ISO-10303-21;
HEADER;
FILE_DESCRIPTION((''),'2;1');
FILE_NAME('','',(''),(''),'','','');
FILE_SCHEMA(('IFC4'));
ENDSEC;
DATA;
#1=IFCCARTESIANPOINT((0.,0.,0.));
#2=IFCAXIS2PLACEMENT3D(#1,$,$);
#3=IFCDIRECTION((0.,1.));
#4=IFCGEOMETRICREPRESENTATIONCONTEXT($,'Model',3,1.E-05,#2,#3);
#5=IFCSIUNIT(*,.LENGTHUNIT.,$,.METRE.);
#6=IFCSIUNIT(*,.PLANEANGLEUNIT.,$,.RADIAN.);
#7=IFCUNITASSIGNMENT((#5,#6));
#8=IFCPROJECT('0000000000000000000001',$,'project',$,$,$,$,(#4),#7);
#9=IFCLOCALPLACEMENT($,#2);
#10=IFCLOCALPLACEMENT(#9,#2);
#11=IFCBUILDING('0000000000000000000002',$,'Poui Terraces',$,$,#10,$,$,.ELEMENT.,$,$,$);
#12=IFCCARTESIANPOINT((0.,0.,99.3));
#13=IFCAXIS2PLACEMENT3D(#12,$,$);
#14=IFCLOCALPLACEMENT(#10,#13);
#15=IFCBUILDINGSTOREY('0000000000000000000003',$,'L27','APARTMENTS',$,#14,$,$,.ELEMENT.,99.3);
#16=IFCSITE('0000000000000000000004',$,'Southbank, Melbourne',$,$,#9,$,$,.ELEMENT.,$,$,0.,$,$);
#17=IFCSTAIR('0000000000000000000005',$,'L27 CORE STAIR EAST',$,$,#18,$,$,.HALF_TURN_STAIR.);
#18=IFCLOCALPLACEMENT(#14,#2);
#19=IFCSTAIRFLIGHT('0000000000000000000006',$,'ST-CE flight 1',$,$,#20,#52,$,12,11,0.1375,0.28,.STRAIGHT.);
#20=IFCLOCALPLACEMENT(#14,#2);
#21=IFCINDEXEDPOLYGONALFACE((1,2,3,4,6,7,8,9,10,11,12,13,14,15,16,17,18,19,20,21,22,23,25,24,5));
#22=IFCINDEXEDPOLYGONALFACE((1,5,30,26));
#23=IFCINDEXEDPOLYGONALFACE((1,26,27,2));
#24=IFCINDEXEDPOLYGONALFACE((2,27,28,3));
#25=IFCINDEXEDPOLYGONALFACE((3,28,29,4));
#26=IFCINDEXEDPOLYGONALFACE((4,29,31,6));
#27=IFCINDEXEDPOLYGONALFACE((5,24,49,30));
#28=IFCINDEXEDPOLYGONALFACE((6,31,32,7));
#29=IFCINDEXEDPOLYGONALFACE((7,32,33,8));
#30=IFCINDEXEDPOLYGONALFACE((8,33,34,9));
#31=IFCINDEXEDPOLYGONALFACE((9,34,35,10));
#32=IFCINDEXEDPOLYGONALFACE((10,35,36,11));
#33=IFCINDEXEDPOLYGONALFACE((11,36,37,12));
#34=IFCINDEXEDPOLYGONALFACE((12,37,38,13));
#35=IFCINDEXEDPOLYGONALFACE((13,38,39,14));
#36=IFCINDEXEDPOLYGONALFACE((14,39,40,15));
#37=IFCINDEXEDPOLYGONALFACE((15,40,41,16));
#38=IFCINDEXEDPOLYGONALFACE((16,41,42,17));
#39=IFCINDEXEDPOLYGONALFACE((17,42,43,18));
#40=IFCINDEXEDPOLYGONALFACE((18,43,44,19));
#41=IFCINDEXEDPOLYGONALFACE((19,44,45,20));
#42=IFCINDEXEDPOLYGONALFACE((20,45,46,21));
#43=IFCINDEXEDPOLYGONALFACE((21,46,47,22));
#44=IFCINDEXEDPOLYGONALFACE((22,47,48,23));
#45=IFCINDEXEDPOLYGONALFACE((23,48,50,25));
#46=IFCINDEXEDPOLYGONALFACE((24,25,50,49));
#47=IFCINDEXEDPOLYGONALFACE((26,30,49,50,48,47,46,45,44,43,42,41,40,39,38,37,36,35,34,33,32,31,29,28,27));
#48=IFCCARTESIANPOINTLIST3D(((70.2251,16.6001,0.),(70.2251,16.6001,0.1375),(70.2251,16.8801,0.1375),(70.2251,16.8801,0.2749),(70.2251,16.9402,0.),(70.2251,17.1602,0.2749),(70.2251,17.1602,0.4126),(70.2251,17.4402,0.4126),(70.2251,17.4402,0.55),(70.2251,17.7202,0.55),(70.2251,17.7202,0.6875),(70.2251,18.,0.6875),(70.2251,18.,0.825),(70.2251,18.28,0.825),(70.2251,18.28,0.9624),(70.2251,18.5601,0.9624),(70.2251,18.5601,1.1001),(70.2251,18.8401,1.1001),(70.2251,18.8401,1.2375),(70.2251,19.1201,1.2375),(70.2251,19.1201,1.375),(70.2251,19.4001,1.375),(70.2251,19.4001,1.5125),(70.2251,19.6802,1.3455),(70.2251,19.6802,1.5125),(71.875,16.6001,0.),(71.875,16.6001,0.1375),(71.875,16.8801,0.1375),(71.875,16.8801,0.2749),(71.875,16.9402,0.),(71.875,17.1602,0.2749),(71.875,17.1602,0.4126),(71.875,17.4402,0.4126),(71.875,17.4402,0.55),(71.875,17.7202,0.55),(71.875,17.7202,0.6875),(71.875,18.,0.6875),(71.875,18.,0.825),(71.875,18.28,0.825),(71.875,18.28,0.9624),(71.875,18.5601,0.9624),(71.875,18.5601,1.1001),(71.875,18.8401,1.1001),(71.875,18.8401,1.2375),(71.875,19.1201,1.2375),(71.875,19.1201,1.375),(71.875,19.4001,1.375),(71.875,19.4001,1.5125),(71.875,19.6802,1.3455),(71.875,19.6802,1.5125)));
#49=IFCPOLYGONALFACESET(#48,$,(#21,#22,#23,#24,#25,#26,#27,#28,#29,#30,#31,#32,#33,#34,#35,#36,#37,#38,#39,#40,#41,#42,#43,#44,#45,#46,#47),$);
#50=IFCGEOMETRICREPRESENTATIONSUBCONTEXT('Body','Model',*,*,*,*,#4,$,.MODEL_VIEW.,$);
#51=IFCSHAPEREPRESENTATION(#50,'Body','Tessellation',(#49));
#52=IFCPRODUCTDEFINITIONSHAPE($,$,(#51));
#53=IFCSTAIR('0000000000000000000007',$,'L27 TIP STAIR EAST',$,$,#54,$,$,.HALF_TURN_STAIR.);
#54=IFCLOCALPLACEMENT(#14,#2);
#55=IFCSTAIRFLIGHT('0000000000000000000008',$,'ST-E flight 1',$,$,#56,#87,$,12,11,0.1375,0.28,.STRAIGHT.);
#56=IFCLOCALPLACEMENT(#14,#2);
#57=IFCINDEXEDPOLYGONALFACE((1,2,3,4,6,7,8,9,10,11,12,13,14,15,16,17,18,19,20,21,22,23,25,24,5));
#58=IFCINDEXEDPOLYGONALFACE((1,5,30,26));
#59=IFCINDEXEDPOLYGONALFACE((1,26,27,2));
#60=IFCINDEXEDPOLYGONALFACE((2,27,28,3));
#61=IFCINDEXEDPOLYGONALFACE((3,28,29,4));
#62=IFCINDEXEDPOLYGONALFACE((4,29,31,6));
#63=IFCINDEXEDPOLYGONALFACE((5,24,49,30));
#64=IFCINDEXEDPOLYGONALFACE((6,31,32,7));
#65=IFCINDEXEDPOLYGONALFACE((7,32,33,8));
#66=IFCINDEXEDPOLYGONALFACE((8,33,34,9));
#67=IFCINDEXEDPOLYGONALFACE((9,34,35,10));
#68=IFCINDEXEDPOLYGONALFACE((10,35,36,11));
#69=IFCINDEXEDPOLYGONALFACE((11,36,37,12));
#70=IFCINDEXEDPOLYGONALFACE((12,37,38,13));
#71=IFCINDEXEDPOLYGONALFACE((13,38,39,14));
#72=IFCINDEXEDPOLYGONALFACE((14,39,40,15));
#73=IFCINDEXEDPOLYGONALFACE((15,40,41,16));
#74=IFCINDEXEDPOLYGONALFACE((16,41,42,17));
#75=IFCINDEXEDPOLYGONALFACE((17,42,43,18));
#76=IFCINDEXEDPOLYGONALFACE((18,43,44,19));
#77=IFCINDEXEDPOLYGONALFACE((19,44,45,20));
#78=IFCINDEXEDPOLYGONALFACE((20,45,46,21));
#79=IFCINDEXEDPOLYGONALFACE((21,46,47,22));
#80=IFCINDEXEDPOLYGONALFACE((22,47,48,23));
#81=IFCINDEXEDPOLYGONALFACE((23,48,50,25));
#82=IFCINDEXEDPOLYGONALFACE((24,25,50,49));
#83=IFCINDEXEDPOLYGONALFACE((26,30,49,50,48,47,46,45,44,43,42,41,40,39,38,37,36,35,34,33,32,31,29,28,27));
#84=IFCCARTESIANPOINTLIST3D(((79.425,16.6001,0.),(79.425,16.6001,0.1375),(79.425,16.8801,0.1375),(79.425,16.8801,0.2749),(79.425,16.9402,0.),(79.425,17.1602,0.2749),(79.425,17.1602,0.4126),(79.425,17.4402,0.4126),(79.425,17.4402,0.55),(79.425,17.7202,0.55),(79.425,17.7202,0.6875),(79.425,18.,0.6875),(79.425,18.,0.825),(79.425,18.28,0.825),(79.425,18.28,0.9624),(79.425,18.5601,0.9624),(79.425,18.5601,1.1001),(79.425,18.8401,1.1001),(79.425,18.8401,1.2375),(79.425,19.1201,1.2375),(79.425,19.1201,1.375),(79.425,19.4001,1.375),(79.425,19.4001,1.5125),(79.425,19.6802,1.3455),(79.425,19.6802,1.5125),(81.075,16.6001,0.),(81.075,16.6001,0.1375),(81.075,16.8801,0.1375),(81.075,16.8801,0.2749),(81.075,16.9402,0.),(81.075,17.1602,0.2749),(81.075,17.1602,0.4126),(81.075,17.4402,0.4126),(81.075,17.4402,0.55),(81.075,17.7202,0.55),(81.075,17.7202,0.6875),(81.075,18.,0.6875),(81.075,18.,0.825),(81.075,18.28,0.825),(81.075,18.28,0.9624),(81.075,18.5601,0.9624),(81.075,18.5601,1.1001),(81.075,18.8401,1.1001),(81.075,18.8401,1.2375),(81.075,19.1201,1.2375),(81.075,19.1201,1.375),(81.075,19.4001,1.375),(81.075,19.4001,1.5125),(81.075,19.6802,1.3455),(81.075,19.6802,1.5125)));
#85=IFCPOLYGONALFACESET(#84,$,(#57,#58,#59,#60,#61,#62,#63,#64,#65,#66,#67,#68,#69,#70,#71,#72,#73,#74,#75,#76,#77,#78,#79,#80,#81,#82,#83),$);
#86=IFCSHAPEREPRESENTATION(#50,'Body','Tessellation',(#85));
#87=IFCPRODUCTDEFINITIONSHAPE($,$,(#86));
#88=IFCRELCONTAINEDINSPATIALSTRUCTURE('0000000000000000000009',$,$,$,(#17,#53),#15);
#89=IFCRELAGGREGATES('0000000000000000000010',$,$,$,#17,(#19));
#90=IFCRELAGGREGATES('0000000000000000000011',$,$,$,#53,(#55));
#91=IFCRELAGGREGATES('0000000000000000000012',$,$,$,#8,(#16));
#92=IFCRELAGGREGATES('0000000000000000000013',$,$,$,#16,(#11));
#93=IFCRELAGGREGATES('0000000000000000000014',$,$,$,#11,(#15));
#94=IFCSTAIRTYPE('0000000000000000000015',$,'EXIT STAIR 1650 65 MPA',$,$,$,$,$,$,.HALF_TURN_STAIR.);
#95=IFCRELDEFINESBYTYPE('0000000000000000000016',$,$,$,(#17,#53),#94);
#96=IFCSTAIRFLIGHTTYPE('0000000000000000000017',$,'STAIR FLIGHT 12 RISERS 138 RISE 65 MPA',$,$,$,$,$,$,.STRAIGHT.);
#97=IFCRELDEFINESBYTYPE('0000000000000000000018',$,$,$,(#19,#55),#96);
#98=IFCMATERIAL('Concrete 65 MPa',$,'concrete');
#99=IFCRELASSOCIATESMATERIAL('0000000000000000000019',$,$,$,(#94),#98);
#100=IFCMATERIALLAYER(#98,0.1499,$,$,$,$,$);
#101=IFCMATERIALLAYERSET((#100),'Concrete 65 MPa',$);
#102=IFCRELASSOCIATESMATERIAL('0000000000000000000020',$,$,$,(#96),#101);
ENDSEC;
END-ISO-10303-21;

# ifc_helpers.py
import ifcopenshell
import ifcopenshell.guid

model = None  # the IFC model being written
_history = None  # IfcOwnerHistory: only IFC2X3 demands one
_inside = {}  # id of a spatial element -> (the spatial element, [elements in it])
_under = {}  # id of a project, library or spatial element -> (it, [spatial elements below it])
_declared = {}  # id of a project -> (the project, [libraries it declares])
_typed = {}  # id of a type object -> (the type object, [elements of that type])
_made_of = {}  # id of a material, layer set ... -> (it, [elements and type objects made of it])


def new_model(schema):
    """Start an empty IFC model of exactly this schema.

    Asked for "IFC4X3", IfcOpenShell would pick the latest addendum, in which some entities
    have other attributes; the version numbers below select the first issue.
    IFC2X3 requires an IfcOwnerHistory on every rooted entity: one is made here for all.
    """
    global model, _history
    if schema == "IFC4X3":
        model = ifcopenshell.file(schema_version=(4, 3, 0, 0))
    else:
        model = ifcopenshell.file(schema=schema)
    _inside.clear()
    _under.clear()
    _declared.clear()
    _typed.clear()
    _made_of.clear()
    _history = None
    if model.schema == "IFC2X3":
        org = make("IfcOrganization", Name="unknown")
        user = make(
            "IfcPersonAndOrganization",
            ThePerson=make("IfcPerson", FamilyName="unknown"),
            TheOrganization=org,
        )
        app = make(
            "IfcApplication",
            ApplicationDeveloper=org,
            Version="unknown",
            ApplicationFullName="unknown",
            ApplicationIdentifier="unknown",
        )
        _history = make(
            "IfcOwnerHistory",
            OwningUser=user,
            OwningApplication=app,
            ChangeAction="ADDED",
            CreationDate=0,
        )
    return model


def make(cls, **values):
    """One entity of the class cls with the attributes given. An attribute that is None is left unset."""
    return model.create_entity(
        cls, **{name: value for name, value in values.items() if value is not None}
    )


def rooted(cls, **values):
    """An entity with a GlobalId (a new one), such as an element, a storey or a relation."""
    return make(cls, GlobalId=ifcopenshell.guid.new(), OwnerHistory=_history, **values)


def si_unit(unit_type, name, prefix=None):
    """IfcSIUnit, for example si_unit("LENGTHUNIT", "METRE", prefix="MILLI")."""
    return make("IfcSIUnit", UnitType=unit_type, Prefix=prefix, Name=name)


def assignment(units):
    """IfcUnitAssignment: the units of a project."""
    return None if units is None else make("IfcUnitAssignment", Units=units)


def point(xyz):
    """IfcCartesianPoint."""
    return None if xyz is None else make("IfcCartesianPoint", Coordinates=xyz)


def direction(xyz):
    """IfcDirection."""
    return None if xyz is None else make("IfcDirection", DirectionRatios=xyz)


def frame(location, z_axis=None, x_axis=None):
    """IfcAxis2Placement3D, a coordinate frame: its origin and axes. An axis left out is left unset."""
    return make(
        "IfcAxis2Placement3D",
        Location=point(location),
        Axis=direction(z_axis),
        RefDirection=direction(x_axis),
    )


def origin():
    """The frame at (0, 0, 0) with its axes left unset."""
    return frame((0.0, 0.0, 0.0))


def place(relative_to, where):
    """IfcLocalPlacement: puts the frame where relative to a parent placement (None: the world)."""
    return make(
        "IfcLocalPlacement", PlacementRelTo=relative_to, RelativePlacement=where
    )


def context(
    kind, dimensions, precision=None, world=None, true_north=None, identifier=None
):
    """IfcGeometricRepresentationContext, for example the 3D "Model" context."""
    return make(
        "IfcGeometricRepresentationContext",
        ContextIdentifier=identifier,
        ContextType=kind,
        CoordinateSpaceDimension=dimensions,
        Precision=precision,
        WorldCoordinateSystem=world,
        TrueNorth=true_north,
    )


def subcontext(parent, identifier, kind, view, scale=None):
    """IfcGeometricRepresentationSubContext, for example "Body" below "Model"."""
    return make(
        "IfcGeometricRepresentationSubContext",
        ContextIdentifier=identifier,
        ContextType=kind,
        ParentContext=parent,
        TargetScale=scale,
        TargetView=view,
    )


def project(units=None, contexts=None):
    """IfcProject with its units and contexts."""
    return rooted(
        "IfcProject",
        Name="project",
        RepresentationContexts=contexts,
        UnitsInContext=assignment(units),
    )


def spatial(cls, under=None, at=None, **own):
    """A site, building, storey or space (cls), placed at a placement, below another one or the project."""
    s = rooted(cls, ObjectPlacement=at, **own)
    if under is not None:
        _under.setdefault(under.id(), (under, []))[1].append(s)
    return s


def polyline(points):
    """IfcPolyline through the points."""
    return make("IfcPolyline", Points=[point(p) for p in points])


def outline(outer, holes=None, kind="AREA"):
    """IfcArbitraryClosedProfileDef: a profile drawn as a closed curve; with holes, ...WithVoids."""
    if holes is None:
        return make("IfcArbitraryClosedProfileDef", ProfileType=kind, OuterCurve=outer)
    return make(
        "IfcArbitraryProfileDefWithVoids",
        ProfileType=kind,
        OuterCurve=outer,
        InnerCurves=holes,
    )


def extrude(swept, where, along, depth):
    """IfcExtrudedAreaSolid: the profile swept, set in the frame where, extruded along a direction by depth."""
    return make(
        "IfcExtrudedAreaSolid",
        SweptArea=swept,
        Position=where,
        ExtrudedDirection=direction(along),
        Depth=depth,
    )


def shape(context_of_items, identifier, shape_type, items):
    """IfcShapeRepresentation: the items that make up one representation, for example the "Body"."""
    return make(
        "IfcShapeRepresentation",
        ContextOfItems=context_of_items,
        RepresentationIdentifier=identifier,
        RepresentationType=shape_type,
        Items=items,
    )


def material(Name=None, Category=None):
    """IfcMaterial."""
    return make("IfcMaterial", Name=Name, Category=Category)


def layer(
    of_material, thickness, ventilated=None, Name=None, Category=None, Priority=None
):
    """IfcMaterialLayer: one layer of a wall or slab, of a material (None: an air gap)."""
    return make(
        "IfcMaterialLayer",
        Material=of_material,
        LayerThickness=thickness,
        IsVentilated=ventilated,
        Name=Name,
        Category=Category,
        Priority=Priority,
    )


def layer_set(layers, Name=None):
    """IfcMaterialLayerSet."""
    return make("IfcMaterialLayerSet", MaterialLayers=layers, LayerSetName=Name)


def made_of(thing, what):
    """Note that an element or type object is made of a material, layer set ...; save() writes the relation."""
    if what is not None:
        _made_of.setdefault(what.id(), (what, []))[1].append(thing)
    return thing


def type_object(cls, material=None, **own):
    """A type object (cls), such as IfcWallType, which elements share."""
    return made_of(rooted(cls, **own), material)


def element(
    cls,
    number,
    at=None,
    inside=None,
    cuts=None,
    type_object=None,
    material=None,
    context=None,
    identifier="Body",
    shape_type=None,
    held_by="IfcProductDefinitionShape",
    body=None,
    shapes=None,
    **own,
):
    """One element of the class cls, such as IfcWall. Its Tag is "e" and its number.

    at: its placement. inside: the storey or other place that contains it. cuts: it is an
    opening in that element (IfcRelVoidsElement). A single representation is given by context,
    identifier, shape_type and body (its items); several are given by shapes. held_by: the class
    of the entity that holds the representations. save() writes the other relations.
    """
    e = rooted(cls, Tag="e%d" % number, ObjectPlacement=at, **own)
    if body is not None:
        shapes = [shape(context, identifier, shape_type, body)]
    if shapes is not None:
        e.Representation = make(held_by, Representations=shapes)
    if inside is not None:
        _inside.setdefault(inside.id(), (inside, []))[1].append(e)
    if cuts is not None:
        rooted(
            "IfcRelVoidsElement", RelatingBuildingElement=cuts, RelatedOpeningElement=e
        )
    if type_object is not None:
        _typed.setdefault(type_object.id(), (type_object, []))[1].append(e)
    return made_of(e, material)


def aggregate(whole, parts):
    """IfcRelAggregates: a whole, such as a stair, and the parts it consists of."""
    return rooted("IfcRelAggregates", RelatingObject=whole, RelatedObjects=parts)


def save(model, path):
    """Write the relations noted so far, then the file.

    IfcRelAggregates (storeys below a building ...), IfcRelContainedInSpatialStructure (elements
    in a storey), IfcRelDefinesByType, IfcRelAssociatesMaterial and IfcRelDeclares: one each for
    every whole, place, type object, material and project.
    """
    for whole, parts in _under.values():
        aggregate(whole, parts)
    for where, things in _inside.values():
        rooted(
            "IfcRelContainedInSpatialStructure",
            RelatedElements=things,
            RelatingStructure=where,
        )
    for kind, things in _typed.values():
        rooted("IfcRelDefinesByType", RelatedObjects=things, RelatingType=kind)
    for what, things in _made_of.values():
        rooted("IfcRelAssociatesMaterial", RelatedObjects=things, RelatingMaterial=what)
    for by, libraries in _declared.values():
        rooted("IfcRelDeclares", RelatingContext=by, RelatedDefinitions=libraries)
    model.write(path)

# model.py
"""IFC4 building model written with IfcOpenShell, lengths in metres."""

from ifc_helpers import new_model, si_unit, direction, frame, origin, place, context, subcontext, project, spatial, polyline, outline, extrude, material, layer, layer_set, type_object, element, aggregate, save


model = new_model("IFC4")

# Units and contexts
model_context = context("Model", 3, precision=1e-05, world=origin(), true_north=direction((0.0, 1.0)))
body_context = subcontext(model_context, "Body", "Model", "MODEL_VIEW")
ifc_project = project(units=[si_unit("LENGTHUNIT", "METRE"), si_unit("PLANEANGLEUNIT", "RADIAN")], contexts=[model_context])

# Site, building, storey
site_placement = place(None, origin())
site = spatial("IfcSite", under=ifc_project, at=site_placement, Name="Southbank, Melbourne", CompositionType="ELEMENT", RefElevation=0.0)
building_placement = place(site_placement, origin())
building = spatial("IfcBuilding", under=site, at=building_placement, Name="Poui Terraces", CompositionType="ELEMENT")
storey_placement = place(building_placement, frame((0.0, 0.0, 99.3)))
storey = spatial("IfcBuildingStorey", under=building, at=storey_placement, Name="L27", Description="APARTMENTS", CompositionType="ELEMENT", Elevation=99.3)

# Shared definitions
ifc_material_1 = material(Name="Concrete 65 MPa", Category="concrete")

# Stairs, stair flights
stair_type = type_object("IfcStairType", Name="EXIT STAIR 1650 65 MPA", PredefinedType="HALF_TURN_STAIR", material=ifc_material_1)
stair_1_placement = place(storey_placement, origin())
stair_1 = element("IfcStair", 1, at=stair_1_placement, inside=storey, type_object=stair_type, Name="L27 CORE STAIR EAST", PredefinedType="HALF_TURN_STAIR")
ifc_layer_1 = layer(ifc_material_1, 0.1499)
ifc_layer_set_1 = layer_set([ifc_layer_1], Name="Concrete 65 MPa")
stair_flight_type = type_object("IfcStairFlightType", Name="STAIR FLIGHT 12 RISERS 138 RISE 65 MPA", PredefinedType="STRAIGHT", material=ifc_layer_set_1)
stair_flight_1_placement = place(storey_placement, frame((71.05, 16.6001, 0.0), z_axis=(0.0, 0.0, 1.0), x_axis=(0.0, 1.0, 0.0)))
stair_flight_1 = element("IfcStairFlight", 2, at=stair_flight_1_placement, type_object=stair_flight_type, Name="ST-CE flight 1", NumberOfRisers=12, NumberOfTreads=11, PredefinedType="STRAIGHT", RiserHeight=0.1375, TreadLength=0.28, context=body_context, shape_type="SweptSolid", body=[
    extrude(outline(polyline([(0.0, 0.0), (0.0, 0.1375), (0.28, 0.1375), (0.28, 0.2749), (0.5601, 0.2749), (0.5601, 0.4126), (0.8401, 0.4126), (0.8401, 0.55), (1.1201, 0.55), (1.1201, 0.6875), (1.3999, 0.6875), (1.3999, 0.825), (1.6799, 0.825), (1.6799, 0.9624), (1.96, 0.9624), (1.96, 1.1001), (2.24, 1.1001), (2.24, 1.2375), (2.52, 1.2375), (2.52, 1.375), (2.8, 1.375), (2.8, 1.5125), (3.0801, 1.5125), (3.0801, 1.6499), (3.0801, 1.3455), (0.3401, 0.0), (0.0, 0.0)])), frame((0.0, 0.825, 0.0), z_axis=(0.0, -1.0, 0.0), x_axis=(1.0, 0.0, 0.0)), (0.0, 0.0, 1.0), 1.6499),
])
aggregate(stair_1, [stair_flight_1])
stair_2_placement = place(storey_placement, origin())
stair_2 = element("IfcStair", 3, at=stair_2_placement, inside=storey, type_object=stair_type, Name="L27 TIP STAIR EAST", PredefinedType="HALF_TURN_STAIR")
stair_flight_2_placement = place(storey_placement, frame((80.25, 16.6001, 0.0), z_axis=(0.0, 0.0, 1.0), x_axis=(0.0, 1.0, 0.0)))
stair_flight_2 = element("IfcStairFlight", 4, at=stair_flight_2_placement, type_object=stair_flight_type, Name="ST-E flight 1", NumberOfRisers=12, NumberOfTreads=11, PredefinedType="STRAIGHT", RiserHeight=0.1375, TreadLength=0.28, context=body_context, shape_type="SweptSolid", body=[
    extrude(outline(polyline([(0.0, 0.0), (0.0, 0.1375), (0.28, 0.1375), (0.28, 0.2749), (0.5601, 0.2749), (0.5601, 0.4126), (0.8401, 0.4126), (0.8401, 0.55), (1.1201, 0.55), (1.1201, 0.6875), (1.3999, 0.6875), (1.3999, 0.825), (1.6799, 0.825), (1.6799, 0.9624), (1.96, 0.9624), (1.96, 1.1001), (2.24, 1.1001), (2.24, 1.2375), (2.52, 1.2375), (2.52, 1.375), (2.8, 1.375), (2.8, 1.5125), (3.0801, 1.5125), (3.0801, 1.6499), (3.0801, 1.3455), (0.3401, 0.0), (0.0, 0.0)])), frame((0.0, 0.825, 0.0), z_axis=(0.0, -1.0, 0.0), x_axis=(1.0, 0.0, 0.0)), (0.0, 0.0, 1.0), 1.6499),
])
aggregate(stair_2, [stair_flight_2])

save(model, "model.ifc")
